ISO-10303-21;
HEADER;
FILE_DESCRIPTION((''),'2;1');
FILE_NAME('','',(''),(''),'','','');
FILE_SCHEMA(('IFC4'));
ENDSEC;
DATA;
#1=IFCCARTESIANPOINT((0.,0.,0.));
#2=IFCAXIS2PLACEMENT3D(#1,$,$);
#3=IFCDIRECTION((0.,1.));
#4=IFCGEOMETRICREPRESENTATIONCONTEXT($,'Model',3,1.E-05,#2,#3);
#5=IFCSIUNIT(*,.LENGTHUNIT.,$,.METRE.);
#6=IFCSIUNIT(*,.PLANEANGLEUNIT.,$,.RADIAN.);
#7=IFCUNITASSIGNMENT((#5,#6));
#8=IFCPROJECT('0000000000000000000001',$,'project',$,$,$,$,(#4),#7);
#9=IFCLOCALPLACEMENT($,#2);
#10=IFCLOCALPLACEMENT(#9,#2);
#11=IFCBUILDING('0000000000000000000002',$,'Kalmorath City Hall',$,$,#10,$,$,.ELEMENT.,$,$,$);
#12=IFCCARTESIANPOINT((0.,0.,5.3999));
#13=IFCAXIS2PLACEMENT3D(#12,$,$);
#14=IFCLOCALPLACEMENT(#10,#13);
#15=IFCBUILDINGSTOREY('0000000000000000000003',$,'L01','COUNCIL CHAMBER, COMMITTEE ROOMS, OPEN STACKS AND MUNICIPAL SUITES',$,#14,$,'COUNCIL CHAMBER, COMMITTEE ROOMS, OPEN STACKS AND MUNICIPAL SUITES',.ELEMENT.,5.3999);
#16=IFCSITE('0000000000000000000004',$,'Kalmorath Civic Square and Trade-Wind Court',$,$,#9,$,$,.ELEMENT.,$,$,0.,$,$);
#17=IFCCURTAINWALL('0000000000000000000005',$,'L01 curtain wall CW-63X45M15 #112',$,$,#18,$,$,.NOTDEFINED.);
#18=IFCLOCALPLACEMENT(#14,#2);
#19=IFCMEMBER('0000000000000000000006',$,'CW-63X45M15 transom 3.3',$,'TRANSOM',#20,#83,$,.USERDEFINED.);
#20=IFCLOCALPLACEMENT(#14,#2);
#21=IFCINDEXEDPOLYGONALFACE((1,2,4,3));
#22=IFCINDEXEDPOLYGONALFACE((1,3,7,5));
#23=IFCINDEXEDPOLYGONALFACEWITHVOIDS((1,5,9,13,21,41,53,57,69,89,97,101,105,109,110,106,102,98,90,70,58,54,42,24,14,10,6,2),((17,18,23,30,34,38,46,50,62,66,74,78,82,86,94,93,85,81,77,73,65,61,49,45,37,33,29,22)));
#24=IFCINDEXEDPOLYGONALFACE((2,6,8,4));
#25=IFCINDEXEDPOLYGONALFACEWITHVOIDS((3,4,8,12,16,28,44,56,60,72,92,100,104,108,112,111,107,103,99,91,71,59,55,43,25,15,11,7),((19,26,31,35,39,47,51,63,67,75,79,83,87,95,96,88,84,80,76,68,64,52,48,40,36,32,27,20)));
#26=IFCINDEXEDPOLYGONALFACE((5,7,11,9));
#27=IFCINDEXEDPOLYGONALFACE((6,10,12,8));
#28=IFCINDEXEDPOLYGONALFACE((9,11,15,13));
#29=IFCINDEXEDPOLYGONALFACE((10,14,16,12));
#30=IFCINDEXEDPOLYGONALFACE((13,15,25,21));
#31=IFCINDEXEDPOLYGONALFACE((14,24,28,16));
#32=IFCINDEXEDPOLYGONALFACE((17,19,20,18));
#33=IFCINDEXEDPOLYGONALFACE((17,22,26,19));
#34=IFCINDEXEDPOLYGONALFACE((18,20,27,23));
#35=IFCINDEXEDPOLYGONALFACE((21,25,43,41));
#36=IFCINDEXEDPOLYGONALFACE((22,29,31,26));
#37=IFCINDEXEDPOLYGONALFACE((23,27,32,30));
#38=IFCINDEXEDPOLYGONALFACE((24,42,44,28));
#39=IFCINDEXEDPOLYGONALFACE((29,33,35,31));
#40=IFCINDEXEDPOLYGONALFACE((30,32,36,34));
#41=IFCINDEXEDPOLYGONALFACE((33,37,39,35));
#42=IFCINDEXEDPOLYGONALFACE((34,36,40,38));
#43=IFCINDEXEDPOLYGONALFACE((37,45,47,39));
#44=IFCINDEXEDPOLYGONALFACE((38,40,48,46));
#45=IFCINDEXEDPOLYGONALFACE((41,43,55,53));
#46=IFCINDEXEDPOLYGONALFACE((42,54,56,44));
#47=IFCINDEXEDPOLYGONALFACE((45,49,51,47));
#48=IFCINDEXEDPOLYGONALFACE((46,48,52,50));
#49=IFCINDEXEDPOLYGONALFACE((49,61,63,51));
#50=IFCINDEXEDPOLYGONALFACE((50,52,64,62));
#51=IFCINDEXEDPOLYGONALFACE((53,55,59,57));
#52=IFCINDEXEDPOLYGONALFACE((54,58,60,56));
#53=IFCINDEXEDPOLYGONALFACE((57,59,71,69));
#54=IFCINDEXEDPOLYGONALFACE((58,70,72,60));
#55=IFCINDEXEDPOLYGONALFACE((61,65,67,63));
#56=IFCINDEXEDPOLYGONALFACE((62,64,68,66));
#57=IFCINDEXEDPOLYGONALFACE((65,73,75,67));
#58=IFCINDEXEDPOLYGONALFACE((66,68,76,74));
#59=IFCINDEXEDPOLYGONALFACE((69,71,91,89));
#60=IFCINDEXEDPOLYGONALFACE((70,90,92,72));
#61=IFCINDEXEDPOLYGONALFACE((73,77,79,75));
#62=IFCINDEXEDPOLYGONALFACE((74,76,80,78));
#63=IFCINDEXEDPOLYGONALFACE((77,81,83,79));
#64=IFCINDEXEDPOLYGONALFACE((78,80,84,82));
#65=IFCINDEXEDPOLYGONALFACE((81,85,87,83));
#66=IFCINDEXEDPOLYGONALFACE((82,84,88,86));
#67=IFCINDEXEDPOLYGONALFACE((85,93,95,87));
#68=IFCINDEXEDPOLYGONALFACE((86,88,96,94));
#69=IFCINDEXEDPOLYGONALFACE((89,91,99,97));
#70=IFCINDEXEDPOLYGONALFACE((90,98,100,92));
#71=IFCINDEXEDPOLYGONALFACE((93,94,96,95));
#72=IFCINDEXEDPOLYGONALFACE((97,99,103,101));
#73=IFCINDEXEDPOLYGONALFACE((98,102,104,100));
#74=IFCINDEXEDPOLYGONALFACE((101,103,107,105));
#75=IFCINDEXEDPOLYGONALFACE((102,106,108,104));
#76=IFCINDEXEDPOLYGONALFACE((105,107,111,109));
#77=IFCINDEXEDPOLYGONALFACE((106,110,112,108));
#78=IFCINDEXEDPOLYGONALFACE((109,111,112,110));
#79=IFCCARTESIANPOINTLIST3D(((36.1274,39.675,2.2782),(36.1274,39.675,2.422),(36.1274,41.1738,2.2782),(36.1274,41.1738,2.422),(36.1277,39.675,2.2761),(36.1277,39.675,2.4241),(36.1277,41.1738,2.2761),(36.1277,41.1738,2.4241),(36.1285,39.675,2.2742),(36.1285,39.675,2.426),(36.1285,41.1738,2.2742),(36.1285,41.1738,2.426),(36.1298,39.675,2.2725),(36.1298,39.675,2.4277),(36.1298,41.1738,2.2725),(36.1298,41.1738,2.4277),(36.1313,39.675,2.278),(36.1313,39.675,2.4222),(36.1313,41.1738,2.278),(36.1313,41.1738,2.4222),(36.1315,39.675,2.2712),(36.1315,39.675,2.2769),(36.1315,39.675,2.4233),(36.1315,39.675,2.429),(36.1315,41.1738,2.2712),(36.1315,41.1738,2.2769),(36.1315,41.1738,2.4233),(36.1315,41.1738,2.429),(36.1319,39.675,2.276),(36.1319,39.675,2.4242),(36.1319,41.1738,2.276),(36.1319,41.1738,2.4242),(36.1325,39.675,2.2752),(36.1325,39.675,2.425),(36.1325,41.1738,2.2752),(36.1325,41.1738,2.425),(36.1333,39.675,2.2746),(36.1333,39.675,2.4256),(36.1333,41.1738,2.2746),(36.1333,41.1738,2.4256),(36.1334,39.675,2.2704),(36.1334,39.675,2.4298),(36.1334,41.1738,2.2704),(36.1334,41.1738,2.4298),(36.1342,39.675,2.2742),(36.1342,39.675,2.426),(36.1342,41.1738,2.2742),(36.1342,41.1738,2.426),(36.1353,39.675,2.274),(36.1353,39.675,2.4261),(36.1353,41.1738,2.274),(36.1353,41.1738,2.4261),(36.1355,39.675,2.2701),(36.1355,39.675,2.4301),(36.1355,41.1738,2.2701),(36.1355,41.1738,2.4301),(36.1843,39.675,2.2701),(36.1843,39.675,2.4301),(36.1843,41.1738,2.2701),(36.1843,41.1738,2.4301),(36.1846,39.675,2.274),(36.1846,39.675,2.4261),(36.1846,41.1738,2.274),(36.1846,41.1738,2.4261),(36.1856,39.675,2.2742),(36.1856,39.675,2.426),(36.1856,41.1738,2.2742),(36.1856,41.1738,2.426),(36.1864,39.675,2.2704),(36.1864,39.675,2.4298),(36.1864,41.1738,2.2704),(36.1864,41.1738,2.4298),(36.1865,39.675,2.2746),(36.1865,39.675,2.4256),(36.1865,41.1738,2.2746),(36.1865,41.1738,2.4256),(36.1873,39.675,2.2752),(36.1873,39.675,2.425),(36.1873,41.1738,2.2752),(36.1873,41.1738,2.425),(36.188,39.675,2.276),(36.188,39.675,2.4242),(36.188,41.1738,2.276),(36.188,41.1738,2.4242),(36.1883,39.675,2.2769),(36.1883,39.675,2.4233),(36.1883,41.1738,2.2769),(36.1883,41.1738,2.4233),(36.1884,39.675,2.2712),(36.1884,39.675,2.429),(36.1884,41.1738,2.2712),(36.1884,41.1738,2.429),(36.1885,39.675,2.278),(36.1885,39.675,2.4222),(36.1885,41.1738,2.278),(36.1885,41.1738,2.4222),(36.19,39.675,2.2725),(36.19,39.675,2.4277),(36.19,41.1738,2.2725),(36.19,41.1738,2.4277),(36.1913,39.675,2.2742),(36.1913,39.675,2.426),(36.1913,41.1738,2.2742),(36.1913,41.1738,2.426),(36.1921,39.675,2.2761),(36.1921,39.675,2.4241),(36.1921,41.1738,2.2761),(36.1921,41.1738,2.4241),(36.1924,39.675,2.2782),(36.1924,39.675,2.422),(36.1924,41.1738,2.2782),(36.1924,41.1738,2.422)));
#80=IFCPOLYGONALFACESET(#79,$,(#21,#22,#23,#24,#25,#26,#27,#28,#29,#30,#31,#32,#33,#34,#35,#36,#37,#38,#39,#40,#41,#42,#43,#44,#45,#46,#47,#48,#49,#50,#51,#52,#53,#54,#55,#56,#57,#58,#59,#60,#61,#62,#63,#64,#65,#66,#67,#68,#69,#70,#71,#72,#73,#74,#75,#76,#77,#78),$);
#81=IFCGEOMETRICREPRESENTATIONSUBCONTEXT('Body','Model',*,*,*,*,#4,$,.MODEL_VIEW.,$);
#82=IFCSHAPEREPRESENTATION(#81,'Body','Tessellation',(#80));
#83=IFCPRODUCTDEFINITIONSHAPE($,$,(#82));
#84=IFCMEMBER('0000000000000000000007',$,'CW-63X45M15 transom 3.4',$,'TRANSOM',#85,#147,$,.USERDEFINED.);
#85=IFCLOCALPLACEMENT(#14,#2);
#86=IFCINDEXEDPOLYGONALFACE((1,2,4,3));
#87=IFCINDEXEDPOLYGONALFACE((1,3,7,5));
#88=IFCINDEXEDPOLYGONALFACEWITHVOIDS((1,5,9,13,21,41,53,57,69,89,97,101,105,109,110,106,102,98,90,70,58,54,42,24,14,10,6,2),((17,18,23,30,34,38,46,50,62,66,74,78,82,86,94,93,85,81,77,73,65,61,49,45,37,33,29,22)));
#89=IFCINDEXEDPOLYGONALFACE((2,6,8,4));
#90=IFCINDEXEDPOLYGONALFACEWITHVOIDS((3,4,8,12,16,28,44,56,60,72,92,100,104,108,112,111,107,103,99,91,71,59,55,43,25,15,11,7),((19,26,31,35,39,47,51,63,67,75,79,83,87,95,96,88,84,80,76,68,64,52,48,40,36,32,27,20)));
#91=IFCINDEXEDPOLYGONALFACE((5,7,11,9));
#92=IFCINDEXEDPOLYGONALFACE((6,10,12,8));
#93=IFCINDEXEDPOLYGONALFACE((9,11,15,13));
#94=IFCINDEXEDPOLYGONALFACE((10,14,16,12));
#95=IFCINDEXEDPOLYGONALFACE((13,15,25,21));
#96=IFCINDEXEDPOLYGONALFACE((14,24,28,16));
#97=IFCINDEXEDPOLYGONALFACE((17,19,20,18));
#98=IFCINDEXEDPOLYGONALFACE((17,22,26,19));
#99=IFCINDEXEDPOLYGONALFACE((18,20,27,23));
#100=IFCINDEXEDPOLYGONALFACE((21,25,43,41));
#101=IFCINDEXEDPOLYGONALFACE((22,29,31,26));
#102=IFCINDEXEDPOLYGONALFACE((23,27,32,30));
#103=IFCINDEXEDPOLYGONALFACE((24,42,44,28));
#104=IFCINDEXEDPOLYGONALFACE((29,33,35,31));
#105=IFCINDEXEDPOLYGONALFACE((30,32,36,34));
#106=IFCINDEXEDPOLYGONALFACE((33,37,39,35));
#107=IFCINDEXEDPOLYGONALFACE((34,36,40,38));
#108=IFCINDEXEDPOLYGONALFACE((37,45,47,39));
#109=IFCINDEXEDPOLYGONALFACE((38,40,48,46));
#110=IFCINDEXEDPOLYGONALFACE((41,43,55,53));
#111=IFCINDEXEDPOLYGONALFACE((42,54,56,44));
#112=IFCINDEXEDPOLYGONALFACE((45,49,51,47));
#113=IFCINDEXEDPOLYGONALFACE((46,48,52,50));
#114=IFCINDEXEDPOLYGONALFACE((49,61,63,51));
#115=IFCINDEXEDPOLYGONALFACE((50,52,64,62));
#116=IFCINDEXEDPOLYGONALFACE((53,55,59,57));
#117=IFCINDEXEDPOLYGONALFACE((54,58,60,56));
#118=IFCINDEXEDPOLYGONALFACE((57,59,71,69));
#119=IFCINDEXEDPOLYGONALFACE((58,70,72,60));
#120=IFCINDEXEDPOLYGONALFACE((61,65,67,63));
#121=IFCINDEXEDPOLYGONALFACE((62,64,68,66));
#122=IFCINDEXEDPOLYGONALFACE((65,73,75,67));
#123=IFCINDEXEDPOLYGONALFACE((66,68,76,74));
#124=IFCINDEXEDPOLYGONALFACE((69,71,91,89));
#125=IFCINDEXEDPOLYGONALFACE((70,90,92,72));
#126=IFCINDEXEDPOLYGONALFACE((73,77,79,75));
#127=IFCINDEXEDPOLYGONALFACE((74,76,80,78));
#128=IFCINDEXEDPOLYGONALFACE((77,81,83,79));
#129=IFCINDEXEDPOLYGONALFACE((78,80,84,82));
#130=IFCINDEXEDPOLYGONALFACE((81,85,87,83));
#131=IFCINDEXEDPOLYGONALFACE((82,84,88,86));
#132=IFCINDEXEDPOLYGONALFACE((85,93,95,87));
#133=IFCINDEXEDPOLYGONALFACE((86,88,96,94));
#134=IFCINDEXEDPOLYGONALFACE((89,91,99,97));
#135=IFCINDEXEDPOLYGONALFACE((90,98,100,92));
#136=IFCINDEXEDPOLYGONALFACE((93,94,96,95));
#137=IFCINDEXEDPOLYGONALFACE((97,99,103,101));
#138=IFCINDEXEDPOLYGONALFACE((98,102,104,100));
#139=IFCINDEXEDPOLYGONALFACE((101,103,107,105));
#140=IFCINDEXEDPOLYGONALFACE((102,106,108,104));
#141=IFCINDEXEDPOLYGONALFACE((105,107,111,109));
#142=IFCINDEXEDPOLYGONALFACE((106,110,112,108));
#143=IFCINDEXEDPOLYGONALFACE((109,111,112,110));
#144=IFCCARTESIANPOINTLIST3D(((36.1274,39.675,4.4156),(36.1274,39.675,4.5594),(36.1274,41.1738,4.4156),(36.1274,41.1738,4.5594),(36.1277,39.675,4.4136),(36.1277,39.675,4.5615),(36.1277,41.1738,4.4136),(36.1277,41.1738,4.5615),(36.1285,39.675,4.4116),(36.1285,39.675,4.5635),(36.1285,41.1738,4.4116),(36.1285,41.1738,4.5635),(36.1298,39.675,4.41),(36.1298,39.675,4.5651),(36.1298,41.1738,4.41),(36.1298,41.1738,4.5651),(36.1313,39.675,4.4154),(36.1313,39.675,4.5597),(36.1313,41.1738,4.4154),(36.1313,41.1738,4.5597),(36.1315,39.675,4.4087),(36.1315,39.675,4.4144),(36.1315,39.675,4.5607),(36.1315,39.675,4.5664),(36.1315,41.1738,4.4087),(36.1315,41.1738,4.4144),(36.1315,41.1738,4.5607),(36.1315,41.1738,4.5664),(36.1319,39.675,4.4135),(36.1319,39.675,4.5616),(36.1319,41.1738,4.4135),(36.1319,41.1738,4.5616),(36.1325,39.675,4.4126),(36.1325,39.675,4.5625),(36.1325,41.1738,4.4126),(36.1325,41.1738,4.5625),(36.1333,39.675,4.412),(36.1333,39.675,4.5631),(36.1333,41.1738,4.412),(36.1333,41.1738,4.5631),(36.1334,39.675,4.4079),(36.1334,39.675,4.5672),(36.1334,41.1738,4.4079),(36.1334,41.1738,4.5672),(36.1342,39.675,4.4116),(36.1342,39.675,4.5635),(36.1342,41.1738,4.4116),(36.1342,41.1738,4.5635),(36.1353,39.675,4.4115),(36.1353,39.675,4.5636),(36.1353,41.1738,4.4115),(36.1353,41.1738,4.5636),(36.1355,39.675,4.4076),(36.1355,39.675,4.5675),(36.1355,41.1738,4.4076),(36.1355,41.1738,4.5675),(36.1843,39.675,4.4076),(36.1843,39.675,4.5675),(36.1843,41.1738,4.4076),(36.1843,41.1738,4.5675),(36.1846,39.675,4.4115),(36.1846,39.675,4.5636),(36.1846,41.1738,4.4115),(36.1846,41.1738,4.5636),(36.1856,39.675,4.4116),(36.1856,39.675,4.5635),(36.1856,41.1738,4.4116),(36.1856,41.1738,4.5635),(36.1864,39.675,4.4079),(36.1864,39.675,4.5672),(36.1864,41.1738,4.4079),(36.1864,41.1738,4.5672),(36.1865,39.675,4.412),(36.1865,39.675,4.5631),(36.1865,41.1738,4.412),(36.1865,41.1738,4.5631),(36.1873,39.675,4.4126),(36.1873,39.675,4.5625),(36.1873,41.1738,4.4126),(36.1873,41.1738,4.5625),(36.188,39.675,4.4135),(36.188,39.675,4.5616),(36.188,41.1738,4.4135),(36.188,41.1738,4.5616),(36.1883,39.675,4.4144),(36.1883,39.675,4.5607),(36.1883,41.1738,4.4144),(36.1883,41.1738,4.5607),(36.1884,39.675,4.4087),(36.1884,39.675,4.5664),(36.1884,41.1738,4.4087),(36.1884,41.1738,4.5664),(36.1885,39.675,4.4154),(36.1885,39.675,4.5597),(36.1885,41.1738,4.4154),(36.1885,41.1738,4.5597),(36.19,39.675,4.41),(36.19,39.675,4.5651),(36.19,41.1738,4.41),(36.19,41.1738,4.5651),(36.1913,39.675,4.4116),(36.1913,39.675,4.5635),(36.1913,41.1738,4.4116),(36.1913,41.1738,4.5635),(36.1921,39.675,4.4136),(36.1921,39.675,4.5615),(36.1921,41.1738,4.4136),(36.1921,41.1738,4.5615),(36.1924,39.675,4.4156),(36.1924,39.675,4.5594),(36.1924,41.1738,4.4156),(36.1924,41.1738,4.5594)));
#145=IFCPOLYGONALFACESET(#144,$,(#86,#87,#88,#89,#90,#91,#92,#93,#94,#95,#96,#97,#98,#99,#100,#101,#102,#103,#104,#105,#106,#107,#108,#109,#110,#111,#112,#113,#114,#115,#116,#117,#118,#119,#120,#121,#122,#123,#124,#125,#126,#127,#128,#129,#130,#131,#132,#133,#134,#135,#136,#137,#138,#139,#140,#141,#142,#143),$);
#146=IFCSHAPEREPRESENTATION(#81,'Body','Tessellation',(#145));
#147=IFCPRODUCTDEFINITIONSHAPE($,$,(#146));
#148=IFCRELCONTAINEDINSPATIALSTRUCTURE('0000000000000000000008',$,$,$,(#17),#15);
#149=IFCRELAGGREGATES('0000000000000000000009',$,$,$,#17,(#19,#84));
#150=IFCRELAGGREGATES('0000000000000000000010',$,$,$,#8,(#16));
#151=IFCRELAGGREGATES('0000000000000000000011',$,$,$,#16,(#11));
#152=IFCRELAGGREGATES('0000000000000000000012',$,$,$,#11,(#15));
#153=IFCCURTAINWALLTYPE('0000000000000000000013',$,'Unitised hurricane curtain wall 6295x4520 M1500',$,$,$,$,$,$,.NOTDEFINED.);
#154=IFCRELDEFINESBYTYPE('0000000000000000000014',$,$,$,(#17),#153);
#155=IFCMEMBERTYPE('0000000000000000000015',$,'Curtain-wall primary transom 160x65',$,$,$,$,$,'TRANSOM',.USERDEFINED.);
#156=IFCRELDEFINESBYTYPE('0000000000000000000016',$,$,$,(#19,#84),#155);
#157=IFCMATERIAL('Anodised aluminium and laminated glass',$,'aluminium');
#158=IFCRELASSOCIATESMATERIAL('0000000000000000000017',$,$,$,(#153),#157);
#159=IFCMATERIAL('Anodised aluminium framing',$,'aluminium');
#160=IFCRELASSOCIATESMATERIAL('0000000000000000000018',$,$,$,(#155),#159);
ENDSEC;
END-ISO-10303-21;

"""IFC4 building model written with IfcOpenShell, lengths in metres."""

from ifc_helpers import new_model, si_unit, direction, frame, origin, origin_2d, place, context, subcontext, project, spatial, hollow_rectangle, extrude, material, material_profile, profile_set, type_object, element, aggregate, save


model = new_model("IFC4")

# Units and contexts
model_context = context("Model", 3, precision=1e-05, world=origin(), true_north=direction((0.0, 1.0)))
body_context = subcontext(model_context, "Body", "Model", "MODEL_VIEW")
ifc_project = project(units=[si_unit("LENGTHUNIT", "METRE"), si_unit("PLANEANGLEUNIT", "RADIAN")], contexts=[model_context])

# Site, building, storey
site_placement = place(None, origin())
site = spatial("IfcSite", under=ifc_project, at=site_placement, Name="Kalmorath Civic Square and Trade-Wind Court", CompositionType="ELEMENT", RefElevation=0.0)
building_placement = place(site_placement, origin())
building = spatial("IfcBuilding", under=site, at=building_placement, Name="Kalmorath City Hall", CompositionType="ELEMENT")
storey_placement = place(building_placement, frame((0.0, 0.0, 5.3999)))
storey = spatial("IfcBuildingStorey", under=building, at=storey_placement, Name="L01", Description="COUNCIL CHAMBER, COMMITTEE ROOMS, OPEN STACKS AND MUNICIPAL SUITES", LongName="COUNCIL CHAMBER, COMMITTEE ROOMS, OPEN STACKS AND MUNICIPAL SUITES", CompositionType="ELEMENT", Elevation=5.3999)

# Curtain wall
ifc_material_1 = material(Name="Anodised aluminium and laminated glass", Category="aluminium")
curtain_wall_type_1 = type_object("IfcCurtainWallType", Name="Unitised hurricane curtain wall 6295x4520 M1500", PredefinedType="NOTDEFINED", material=ifc_material_1)
curtain_wall_1_placement = place(storey_placement, origin())
curtain_wall_1 = element("IfcCurtainWall", 1, at=curtain_wall_1_placement, inside=storey, type_object=curtain_wall_type_1, Name="L01 curtain wall CW-63X45M15 #112", PredefinedType="NOTDEFINED")

# Members
ifc_material_2 = material(Name="Anodised aluminium framing", Category="aluminium")
ifc_material_profile_1 = material_profile(ifc_material_2, hollow_rectangle(XDim=0.0649, YDim=0.1599, WallThickness=0.0039, InnerFilletRadius=0.0039, OuterFilletRadius=0.0081, at=origin_2d()), Name="ALU-TRN-160X65X4")
ifc_profile_set_1 = profile_set([ifc_material_profile_1], Name="Anodised aluminium framing")
member_type_1 = type_object("IfcMemberType", Name="Curtain-wall primary transom 160x65", ElementType="TRANSOM", PredefinedType="USERDEFINED", material=ifc_profile_set_1)
member_1_placement = place(storey_placement, frame((36.1599, 39.675, 2.3501), z_axis=(0.0, 1.0, 0.0), x_axis=(-1.0, 0.0, 0.0)))
member_1 = element("IfcMember", 2, at=member_1_placement, type_object=member_type_1, Name="CW-63X45M15 transom 3.3", ObjectType="TRANSOM", PredefinedType="USERDEFINED", context=body_context, shape_type="SweptSolid", body=[
    extrude(hollow_rectangle(XDim=0.0649, YDim=0.1599, WallThickness=0.0039, InnerFilletRadius=0.0039, OuterFilletRadius=0.0081, at=origin_2d()), origin(), (0.0, 0.0, 1.0), 1.4988),
])
member_2_placement = place(storey_placement, frame((36.1599, 39.675, 4.4875), z_axis=(0.0, 1.0, 0.0), x_axis=(-1.0, 0.0, 0.0)))
member_2 = element("IfcMember", 3, at=member_2_placement, type_object=member_type_1, Name="CW-63X45M15 transom 3.4", ObjectType="TRANSOM", PredefinedType="USERDEFINED", context=body_context, shape_type="SweptSolid", body=[
    extrude(hollow_rectangle(XDim=0.0649, YDim=0.1599, WallThickness=0.0039, InnerFilletRadius=0.0039, OuterFilletRadius=0.0081, at=origin_2d()), origin(), (0.0, 0.0, 1.0), 1.4988),
])

aggregate(curtain_wall_1, [member_1, member_2])

save(model, "model.ifc")
